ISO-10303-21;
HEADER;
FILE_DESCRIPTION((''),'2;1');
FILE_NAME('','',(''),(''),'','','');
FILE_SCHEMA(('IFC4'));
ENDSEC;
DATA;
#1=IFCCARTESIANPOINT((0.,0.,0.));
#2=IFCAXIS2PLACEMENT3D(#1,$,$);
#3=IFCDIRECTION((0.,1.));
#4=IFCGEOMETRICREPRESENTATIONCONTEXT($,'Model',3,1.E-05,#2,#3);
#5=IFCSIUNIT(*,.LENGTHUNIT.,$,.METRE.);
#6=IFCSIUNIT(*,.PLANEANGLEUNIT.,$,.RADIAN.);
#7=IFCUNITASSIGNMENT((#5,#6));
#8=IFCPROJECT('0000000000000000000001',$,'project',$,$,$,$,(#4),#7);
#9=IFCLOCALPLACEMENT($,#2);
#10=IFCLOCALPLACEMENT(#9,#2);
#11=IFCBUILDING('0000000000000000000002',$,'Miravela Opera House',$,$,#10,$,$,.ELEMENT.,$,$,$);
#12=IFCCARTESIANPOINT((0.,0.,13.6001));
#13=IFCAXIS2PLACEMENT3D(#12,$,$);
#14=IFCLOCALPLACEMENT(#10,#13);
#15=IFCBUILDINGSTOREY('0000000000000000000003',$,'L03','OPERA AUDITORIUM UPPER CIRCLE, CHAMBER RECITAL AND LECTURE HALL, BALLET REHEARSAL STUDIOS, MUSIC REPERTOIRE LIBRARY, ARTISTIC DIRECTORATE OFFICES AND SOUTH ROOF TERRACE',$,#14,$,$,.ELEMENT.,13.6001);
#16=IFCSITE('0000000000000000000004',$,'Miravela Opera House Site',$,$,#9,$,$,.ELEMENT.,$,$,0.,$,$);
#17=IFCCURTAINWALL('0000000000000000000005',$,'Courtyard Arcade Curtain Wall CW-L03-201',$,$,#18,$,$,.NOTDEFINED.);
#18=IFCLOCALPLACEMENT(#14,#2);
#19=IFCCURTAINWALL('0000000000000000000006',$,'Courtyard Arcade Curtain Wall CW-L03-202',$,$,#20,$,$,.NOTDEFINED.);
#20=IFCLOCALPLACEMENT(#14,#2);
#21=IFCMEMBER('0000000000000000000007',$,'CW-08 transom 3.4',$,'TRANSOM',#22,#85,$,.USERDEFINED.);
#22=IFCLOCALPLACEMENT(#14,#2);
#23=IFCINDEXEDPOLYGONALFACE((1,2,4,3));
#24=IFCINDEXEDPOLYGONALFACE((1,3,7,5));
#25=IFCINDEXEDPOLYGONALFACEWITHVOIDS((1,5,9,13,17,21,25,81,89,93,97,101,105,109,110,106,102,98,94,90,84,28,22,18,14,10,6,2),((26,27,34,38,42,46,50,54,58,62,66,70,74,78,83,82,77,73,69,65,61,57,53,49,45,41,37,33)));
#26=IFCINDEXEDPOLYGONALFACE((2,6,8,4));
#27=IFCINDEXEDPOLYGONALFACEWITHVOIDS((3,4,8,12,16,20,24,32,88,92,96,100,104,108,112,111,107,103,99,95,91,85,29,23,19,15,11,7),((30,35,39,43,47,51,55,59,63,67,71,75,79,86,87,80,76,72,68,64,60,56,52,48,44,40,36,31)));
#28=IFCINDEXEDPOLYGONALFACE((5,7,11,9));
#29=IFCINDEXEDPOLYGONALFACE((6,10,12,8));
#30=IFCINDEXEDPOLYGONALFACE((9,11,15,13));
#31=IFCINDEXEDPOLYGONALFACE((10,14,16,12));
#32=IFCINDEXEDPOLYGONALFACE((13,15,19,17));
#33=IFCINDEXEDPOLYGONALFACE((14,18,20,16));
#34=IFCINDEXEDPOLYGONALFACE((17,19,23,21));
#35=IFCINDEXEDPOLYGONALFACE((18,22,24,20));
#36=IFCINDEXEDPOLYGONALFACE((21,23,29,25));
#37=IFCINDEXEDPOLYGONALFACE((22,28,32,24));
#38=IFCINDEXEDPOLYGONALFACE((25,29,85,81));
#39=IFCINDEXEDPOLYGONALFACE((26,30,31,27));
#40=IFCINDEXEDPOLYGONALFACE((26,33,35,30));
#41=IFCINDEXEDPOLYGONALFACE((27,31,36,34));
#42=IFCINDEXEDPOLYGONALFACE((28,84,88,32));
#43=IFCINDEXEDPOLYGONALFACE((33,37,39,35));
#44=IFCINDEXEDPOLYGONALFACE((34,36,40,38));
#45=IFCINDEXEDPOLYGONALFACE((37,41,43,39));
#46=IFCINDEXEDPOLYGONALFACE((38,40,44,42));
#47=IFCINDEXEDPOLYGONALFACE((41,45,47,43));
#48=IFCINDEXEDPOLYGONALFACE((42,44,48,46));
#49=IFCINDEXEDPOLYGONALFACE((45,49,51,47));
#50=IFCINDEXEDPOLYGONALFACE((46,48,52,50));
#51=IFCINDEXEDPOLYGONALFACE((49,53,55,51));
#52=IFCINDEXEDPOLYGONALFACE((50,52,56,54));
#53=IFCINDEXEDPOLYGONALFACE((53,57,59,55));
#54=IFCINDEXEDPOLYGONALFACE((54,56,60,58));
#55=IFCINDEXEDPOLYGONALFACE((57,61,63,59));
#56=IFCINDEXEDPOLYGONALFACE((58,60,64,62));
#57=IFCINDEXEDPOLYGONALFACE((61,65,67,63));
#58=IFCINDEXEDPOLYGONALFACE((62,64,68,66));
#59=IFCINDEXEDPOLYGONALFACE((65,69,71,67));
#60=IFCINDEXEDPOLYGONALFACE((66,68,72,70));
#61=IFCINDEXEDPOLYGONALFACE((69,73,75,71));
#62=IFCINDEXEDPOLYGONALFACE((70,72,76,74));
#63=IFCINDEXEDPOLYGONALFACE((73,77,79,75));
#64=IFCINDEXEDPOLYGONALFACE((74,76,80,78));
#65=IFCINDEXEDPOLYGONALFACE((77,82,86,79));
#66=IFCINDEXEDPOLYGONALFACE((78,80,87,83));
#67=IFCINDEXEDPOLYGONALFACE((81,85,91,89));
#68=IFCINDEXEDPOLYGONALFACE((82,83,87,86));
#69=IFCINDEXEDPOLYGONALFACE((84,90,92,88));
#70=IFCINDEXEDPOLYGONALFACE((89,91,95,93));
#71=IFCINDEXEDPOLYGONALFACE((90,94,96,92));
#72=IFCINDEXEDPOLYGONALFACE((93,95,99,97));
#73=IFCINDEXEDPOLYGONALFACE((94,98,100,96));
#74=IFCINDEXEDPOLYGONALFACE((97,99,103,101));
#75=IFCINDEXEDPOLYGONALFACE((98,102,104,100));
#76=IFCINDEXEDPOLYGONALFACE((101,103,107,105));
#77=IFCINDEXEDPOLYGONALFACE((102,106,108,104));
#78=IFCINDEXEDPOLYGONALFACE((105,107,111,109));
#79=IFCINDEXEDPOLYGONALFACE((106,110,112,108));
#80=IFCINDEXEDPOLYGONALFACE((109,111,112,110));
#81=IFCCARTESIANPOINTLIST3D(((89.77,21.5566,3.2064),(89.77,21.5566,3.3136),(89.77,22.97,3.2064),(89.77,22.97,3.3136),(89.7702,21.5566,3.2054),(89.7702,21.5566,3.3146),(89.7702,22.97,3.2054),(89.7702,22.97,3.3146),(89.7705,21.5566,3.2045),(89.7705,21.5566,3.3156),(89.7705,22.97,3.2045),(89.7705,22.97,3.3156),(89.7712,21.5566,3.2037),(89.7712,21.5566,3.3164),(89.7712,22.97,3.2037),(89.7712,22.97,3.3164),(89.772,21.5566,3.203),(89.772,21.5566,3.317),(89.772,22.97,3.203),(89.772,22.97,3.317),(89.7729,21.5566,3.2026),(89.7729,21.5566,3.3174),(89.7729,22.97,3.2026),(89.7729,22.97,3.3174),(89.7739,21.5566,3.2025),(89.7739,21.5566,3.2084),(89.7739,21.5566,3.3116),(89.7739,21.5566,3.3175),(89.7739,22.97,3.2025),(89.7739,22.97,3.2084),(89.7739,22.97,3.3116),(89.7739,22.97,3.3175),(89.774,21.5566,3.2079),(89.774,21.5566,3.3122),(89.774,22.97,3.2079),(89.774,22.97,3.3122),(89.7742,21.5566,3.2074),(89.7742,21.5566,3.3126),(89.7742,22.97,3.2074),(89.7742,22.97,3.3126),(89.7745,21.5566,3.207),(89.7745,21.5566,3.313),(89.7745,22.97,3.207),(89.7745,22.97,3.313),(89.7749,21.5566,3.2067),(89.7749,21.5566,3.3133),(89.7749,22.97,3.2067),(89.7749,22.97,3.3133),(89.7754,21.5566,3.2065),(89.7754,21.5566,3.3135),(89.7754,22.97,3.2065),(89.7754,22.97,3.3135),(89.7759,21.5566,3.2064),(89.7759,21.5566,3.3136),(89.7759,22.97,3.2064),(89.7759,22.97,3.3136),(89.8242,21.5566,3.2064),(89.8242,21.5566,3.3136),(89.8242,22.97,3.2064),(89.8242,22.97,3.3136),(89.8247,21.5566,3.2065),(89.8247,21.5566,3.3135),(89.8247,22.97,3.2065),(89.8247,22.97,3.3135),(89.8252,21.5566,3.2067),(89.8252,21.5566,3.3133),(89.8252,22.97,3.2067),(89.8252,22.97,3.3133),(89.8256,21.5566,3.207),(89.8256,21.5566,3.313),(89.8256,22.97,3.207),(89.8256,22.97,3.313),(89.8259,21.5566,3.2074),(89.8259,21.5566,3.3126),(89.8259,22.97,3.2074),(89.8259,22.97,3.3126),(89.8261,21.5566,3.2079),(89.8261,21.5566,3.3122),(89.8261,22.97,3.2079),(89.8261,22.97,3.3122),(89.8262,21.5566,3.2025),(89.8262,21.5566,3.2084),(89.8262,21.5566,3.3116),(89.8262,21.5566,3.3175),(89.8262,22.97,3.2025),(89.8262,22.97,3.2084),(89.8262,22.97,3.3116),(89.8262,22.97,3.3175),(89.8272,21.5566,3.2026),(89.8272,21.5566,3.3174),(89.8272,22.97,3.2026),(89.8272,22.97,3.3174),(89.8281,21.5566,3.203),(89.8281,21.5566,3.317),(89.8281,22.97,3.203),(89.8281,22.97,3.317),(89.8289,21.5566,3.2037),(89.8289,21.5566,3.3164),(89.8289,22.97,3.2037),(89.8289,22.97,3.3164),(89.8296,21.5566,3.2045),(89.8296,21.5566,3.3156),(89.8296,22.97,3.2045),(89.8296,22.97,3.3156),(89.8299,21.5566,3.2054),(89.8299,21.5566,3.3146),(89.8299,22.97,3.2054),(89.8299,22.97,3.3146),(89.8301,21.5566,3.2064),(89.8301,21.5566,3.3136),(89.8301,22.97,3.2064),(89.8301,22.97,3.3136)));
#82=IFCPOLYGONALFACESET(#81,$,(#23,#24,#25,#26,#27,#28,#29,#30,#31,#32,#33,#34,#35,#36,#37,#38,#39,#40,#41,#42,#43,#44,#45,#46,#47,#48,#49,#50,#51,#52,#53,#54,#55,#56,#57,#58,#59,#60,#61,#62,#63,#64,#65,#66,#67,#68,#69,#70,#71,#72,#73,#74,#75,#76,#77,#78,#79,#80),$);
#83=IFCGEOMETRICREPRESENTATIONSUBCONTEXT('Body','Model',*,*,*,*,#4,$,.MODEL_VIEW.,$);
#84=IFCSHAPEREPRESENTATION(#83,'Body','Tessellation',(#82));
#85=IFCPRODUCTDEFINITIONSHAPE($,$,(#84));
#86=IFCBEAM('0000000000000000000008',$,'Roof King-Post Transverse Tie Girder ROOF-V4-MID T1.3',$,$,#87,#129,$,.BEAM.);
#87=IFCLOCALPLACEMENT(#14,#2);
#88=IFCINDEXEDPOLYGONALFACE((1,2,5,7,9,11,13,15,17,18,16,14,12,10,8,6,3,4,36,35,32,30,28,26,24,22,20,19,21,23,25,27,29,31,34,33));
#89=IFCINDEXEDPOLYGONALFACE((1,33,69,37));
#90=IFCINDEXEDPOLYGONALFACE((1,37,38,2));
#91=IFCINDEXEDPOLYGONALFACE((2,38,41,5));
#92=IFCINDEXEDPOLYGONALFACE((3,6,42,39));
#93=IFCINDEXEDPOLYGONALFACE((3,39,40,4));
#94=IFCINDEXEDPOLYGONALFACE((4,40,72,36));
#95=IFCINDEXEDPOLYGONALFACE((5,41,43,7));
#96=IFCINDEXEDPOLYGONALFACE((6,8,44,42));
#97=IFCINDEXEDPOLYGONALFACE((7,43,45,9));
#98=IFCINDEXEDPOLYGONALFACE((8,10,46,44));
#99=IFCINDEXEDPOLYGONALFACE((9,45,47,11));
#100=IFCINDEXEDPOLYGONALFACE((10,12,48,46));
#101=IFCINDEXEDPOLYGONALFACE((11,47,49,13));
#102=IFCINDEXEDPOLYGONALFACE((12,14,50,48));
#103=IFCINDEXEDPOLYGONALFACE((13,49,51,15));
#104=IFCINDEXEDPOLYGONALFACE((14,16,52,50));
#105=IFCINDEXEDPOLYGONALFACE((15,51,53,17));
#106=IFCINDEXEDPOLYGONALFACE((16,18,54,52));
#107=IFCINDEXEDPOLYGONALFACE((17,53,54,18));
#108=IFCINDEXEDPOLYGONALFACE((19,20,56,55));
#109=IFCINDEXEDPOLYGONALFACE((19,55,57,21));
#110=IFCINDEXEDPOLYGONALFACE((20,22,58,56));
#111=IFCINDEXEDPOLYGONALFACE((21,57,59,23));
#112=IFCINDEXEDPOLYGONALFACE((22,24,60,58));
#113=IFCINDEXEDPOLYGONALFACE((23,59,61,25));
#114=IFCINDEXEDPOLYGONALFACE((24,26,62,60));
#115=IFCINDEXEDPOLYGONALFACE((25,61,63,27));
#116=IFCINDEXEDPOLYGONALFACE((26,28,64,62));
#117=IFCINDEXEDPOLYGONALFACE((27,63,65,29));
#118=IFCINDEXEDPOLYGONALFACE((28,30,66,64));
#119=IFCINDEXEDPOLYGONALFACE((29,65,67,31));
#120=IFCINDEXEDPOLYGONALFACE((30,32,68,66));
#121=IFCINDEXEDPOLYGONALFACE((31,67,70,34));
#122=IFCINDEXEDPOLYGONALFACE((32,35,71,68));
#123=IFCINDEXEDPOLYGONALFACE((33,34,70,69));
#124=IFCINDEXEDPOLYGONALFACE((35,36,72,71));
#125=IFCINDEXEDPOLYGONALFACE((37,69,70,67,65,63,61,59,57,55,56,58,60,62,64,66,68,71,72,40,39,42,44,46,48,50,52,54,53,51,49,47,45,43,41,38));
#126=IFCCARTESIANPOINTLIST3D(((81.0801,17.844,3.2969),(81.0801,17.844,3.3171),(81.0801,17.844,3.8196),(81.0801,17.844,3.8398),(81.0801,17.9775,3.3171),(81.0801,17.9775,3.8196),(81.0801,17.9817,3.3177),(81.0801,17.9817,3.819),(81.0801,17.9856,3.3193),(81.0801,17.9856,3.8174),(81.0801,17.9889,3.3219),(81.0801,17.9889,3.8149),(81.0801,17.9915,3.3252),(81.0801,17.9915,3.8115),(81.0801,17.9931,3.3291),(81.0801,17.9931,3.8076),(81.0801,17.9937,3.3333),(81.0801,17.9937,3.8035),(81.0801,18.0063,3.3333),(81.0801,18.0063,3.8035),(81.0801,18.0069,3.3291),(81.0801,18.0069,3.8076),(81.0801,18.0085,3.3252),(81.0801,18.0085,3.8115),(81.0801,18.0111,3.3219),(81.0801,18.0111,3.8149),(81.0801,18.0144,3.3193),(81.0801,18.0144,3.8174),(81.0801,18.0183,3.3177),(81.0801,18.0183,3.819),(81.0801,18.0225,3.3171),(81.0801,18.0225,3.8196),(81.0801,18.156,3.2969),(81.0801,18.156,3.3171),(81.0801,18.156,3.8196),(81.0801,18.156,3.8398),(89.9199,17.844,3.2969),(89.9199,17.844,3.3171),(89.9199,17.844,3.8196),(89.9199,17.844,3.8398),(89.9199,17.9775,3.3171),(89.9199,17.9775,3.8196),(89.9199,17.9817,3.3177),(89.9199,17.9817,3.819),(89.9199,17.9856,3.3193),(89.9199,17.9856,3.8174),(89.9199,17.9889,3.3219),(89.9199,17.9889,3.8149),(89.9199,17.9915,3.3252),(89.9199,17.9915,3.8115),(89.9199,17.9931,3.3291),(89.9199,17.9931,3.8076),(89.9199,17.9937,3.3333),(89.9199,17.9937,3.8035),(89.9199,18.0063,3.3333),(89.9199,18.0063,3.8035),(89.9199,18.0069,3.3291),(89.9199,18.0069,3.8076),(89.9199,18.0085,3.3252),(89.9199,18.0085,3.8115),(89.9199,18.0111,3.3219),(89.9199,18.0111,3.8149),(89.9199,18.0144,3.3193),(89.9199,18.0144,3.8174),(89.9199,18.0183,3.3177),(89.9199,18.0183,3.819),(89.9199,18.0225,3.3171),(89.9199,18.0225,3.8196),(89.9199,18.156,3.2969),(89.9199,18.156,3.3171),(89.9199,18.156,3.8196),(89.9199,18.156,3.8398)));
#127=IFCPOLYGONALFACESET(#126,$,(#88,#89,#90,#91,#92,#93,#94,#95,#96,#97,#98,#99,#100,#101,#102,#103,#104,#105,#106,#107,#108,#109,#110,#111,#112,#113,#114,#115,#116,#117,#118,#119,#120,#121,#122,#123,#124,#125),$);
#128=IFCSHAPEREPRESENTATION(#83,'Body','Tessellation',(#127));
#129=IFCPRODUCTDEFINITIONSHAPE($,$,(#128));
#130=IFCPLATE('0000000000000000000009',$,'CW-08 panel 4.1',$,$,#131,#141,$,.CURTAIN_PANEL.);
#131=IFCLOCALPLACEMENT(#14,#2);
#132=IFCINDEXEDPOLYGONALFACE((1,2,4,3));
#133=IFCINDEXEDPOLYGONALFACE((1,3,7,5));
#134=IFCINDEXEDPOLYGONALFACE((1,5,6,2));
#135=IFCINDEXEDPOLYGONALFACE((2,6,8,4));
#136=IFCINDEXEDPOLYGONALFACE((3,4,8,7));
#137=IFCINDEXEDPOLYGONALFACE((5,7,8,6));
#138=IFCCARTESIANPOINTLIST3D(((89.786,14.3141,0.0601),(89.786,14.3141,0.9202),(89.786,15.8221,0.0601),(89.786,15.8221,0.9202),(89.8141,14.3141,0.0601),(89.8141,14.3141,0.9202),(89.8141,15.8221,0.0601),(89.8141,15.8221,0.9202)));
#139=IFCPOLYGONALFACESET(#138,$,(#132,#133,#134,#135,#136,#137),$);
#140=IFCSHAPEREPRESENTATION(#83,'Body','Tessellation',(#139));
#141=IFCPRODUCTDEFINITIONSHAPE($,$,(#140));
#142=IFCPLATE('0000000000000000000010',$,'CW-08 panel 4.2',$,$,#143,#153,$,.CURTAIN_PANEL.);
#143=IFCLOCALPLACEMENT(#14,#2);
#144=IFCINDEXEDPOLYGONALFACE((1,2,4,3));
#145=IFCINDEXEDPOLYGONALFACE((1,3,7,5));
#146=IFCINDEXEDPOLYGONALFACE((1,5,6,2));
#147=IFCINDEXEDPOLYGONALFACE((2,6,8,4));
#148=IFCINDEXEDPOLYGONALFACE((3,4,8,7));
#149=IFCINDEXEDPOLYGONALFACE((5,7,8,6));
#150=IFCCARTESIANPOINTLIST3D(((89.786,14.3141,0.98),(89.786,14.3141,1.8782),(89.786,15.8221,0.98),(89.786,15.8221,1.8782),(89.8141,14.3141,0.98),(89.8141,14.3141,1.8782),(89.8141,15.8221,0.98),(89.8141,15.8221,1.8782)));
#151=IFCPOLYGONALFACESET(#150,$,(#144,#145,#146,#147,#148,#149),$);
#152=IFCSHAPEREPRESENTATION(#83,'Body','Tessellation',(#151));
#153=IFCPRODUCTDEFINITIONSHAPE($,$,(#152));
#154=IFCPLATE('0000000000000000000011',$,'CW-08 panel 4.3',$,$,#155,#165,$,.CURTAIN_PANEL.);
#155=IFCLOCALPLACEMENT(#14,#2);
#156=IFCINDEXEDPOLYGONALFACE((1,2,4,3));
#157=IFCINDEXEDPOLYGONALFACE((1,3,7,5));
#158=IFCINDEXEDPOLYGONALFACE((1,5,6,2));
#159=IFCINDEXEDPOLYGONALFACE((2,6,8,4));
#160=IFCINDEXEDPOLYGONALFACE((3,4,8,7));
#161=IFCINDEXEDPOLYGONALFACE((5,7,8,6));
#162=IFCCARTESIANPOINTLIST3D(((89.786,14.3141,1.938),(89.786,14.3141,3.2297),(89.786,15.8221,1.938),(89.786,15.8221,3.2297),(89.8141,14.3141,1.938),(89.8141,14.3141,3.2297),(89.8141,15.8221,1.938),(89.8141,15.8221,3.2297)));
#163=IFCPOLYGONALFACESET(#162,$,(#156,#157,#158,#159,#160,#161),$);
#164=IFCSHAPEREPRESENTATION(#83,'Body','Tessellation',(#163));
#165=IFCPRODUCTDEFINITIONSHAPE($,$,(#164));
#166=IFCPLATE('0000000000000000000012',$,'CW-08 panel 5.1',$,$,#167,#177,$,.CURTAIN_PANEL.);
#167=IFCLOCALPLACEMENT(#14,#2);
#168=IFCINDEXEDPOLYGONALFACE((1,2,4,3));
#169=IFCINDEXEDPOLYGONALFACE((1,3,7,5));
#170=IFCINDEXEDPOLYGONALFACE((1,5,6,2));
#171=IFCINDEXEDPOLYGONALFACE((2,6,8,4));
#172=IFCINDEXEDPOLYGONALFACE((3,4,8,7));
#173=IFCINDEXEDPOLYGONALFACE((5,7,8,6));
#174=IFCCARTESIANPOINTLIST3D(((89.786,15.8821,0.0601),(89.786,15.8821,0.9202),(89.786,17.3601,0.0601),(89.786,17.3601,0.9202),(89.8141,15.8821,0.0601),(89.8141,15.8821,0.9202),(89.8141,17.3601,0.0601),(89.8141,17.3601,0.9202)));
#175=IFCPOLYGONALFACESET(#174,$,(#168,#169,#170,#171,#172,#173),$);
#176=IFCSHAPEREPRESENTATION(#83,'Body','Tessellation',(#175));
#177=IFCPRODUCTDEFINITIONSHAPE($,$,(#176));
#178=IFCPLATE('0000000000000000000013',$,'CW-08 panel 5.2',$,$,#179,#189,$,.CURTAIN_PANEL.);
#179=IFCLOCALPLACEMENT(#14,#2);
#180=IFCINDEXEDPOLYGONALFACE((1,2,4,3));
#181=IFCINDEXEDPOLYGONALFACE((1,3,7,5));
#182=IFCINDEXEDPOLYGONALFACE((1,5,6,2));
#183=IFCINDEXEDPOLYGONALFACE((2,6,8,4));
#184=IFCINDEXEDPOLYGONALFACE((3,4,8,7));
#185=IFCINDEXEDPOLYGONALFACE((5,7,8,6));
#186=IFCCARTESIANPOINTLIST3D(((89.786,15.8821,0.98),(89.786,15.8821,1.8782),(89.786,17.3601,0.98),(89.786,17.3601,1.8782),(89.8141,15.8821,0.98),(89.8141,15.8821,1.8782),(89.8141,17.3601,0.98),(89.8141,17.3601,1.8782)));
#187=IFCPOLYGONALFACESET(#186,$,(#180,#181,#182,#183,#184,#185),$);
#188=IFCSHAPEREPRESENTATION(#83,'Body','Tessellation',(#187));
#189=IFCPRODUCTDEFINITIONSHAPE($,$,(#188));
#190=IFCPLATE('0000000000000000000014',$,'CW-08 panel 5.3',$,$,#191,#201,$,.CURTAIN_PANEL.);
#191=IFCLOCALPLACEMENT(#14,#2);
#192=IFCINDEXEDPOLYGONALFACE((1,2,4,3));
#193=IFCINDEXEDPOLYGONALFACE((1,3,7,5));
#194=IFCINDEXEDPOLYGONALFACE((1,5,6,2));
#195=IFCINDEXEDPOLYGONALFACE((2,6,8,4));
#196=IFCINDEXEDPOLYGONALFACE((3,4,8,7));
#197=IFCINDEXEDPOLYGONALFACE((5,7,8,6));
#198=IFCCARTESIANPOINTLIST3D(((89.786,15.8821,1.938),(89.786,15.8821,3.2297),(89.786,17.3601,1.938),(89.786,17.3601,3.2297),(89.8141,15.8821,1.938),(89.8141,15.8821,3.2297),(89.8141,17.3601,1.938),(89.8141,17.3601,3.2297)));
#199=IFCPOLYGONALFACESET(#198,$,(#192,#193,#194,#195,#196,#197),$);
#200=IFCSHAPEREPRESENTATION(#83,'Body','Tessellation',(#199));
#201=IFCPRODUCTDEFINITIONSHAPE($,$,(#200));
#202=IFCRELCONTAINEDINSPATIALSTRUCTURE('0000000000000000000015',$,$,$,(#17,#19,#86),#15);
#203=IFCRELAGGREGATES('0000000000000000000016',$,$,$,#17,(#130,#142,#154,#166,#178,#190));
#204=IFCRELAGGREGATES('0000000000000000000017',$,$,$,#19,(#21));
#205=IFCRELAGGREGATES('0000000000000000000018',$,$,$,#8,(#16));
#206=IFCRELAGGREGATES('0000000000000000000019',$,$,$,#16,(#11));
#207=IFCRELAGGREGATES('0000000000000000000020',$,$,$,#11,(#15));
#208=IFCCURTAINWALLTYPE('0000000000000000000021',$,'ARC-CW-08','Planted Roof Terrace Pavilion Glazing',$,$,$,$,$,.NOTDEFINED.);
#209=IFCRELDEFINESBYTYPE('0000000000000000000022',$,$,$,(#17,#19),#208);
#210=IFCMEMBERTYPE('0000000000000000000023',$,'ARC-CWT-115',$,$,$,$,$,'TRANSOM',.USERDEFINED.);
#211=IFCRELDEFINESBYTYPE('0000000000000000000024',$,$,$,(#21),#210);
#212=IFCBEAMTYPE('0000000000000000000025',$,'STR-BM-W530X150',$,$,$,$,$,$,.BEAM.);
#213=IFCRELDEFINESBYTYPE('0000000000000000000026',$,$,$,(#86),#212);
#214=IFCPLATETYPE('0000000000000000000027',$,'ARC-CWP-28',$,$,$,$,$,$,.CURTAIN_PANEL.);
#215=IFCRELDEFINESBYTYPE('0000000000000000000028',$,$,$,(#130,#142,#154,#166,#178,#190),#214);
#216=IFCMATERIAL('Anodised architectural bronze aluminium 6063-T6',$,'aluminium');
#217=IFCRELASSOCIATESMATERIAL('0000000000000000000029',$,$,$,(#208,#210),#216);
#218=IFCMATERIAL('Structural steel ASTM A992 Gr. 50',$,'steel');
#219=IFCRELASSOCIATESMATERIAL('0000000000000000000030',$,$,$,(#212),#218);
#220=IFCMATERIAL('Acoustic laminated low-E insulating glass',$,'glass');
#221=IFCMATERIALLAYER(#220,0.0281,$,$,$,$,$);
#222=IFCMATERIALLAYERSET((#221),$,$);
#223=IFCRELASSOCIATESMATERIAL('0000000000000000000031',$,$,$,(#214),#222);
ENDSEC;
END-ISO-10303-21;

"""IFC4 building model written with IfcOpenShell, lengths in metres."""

from ifc_helpers import new_model, si_unit, direction, frame, origin, origin_2d, place, context, subcontext, project, spatial, rectangle, hollow_rectangle, i_section, extrude, material, layer, layer_set, material_profile, profile_set, type_object, element, aggregate, save


model = new_model("IFC4")

# Units and contexts
model_context = context("Model", 3, precision=1e-05, world=origin(), true_north=direction((0.0, 1.0)))
body_context = subcontext(model_context, "Body", "Model", "MODEL_VIEW")
ifc_project = project(units=[si_unit("LENGTHUNIT", "METRE"), si_unit("PLANEANGLEUNIT", "RADIAN")], contexts=[model_context])

# Site, building, storey
site_placement = place(None, origin())
site = spatial("IfcSite", under=ifc_project, at=site_placement, Name="Miravela Opera House Site", CompositionType="ELEMENT", RefElevation=0.0)
building_placement = place(site_placement, origin())
building = spatial("IfcBuilding", under=site, at=building_placement, Name="Miravela Opera House", CompositionType="ELEMENT")
storey_placement = place(building_placement, frame((0.0, 0.0, 13.6001)))
storey = spatial("IfcBuildingStorey", under=building, at=storey_placement, Name="L03", Description="OPERA AUDITORIUM UPPER CIRCLE, CHAMBER RECITAL AND LECTURE HALL, BALLET REHEARSAL STUDIOS, MUSIC REPERTOIRE LIBRARY, ARTISTIC DIRECTORATE OFFICES AND SOUTH ROOF TERRACE", CompositionType="ELEMENT", Elevation=13.6001)

# Curtain walls
ifc_material_1 = material(Name="Anodised architectural bronze aluminium 6063-T6", Category="aluminium")
curtain_wall_type = type_object("IfcCurtainWallType", Name="ARC-CW-08", Description="Planted Roof Terrace Pavilion Glazing", PredefinedType="NOTDEFINED", material=ifc_material_1)
curtain_wall_1_placement = place(storey_placement, origin())
curtain_wall_1 = element("IfcCurtainWall", 1, at=curtain_wall_1_placement, inside=storey, type_object=curtain_wall_type, Name="Courtyard Arcade Curtain Wall CW-L03-201", PredefinedType="NOTDEFINED")
curtain_wall_2_placement = place(storey_placement, origin())
curtain_wall_2 = element("IfcCurtainWall", 2, at=curtain_wall_2_placement, inside=storey, type_object=curtain_wall_type, Name="Courtyard Arcade Curtain Wall CW-L03-202", PredefinedType="NOTDEFINED")

# Member
ifc_material_profile_1 = material_profile(ifc_material_1, hollow_rectangle(XDim=0.0601, YDim=0.115, WallThickness=0.0039, InnerFilletRadius=0.002, OuterFilletRadius=0.0039, at=origin_2d()), Name="CWT-60X115")
ifc_profile_set_1 = profile_set([ifc_material_profile_1])
member_type_1 = type_object("IfcMemberType", Name="ARC-CWT-115", ElementType="TRANSOM", PredefinedType="USERDEFINED", material=ifc_profile_set_1)
member_1_placement = place(storey_placement, frame((89.8, 21.5566, 3.26), z_axis=(0.0, 1.0, 0.0), x_axis=(-1.0, 0.0, 0.0)))
member_1 = element("IfcMember", 3, at=member_1_placement, type_object=member_type_1, Name="CW-08 transom 3.4", ObjectType="TRANSOM", PredefinedType="USERDEFINED", context=body_context, shape_type="SweptSolid", body=[
    extrude(hollow_rectangle(XDim=0.0601, YDim=0.115, WallThickness=0.0039, InnerFilletRadius=0.002, OuterFilletRadius=0.0039, at=origin_2d()), origin(), (0.0, 0.0, 1.0), 1.4133),
])

# Beam
ifc_material_2 = material(Name="Structural steel ASTM A992 Gr. 50", Category="steel")
ifc_material_profile_2 = material_profile(ifc_material_2, i_section(OverallWidth=0.312, OverallDepth=0.543, WebThickness=0.0127, FlangeThickness=0.0203, FilletRadius=0.0161, at=origin_2d()), Name="W530X150")
ifc_profile_set_2 = profile_set([ifc_material_profile_2])
beam_type = type_object("IfcBeamType", Name="STR-BM-W530X150", PredefinedType="BEAM", material=ifc_profile_set_2)
beam_placement = place(storey_placement, frame((81.0801, 18.0, 3.5684), z_axis=(1.0, 0.0, 0.0), x_axis=(0.0, 1.0, 0.0)))
element("IfcBeam", 4, at=beam_placement, inside=storey, type_object=beam_type, Name="Roof King-Post Transverse Tie Girder ROOF-V4-MID T1.3", PredefinedType="BEAM", context=body_context, shape_type="SweptSolid", body=[
    extrude(i_section(OverallWidth=0.312, OverallDepth=0.543, WebThickness=0.0127, FlangeThickness=0.0203, FilletRadius=0.0161, at=origin_2d()), origin(), (0.0, 0.0, 1.0), 8.8398),
])

# Plates
ifc_material_3 = material(Name="Acoustic laminated low-E insulating glass", Category="glass")
ifc_layer = layer(ifc_material_3, 0.0281)
ifc_layer_set = layer_set([ifc_layer])
plate_type = type_object("IfcPlateType", Name="ARC-CWP-28", PredefinedType="CURTAIN_PANEL", material=ifc_layer_set)
plate_1_placement = place(storey_placement, frame((89.8, 15.0681, 0.0601), z_axis=(0.0, 0.0, 1.0), x_axis=(0.0, 1.0, 0.0)))
plate_1 = element("IfcPlate", 5, at=plate_1_placement, type_object=plate_type, Name="CW-08 panel 4.1", PredefinedType="CURTAIN_PANEL", context=body_context, shape_type="SweptSolid", body=[
    extrude(rectangle(XDim=1.5081, YDim=0.0281, at=origin_2d()), origin(), (0.0, 0.0, 1.0), 0.8601),
])
plate_2_placement = place(storey_placement, frame((89.8, 15.0681, 0.98), z_axis=(0.0, 0.0, 1.0), x_axis=(0.0, 1.0, 0.0)))
plate_2 = element("IfcPlate", 6, at=plate_2_placement, type_object=plate_type, Name="CW-08 panel 4.2", PredefinedType="CURTAIN_PANEL", context=body_context, shape_type="SweptSolid", body=[
    extrude(rectangle(XDim=1.5081, YDim=0.0281, at=origin_2d()), origin(), (0.0, 0.0, 1.0), 0.8982),
])
plate_3_placement = place(storey_placement, frame((89.8, 15.0681, 1.938), z_axis=(0.0, 0.0, 1.0), x_axis=(0.0, 1.0, 0.0)))
plate_3 = element("IfcPlate", 7, at=plate_3_placement, type_object=plate_type, Name="CW-08 panel 4.3", PredefinedType="CURTAIN_PANEL", context=body_context, shape_type="SweptSolid", body=[
    extrude(rectangle(XDim=1.5081, YDim=0.0281, at=origin_2d()), origin(), (0.0, 0.0, 1.0), 1.2917),
])
plate_4_placement = place(storey_placement, frame((89.8, 16.6211, 0.0601), z_axis=(0.0, 0.0, 1.0), x_axis=(0.0, 1.0, 0.0)))
plate_4 = element("IfcPlate", 8, at=plate_4_placement, type_object=plate_type, Name="CW-08 panel 5.1", PredefinedType="CURTAIN_PANEL", context=body_context, shape_type="SweptSolid", body=[
    extrude(rectangle(XDim=1.478, YDim=0.0281, at=origin_2d()), origin(), (0.0, 0.0, 1.0), 0.8601),
])
plate_5_placement = place(storey_placement, frame((89.8, 16.6211, 0.98), z_axis=(0.0, 0.0, 1.0), x_axis=(0.0, 1.0, 0.0)))
plate_5 = element("IfcPlate", 9, at=plate_5_placement, type_object=plate_type, Name="CW-08 panel 5.2", PredefinedType="CURTAIN_PANEL", context=body_context, shape_type="SweptSolid", body=[
    extrude(rectangle(XDim=1.478, YDim=0.0281, at=origin_2d()), origin(), (0.0, 0.0, 1.0), 0.8982),
])
plate_6_placement = place(storey_placement, frame((89.8, 16.6211, 1.938), z_axis=(0.0, 0.0, 1.0), x_axis=(0.0, 1.0, 0.0)))
plate_6 = element("IfcPlate", 10, at=plate_6_placement, type_object=plate_type, Name="CW-08 panel 5.3", PredefinedType="CURTAIN_PANEL", context=body_context, shape_type="SweptSolid", body=[
    extrude(rectangle(XDim=1.478, YDim=0.0281, at=origin_2d()), origin(), (0.0, 0.0, 1.0), 1.2917),
])
aggregate(curtain_wall_1, [plate_1, plate_2, plate_3, plate_4, plate_5, plate_6])
aggregate(curtain_wall_2, [member_1])

save(model, "model.ifc")
